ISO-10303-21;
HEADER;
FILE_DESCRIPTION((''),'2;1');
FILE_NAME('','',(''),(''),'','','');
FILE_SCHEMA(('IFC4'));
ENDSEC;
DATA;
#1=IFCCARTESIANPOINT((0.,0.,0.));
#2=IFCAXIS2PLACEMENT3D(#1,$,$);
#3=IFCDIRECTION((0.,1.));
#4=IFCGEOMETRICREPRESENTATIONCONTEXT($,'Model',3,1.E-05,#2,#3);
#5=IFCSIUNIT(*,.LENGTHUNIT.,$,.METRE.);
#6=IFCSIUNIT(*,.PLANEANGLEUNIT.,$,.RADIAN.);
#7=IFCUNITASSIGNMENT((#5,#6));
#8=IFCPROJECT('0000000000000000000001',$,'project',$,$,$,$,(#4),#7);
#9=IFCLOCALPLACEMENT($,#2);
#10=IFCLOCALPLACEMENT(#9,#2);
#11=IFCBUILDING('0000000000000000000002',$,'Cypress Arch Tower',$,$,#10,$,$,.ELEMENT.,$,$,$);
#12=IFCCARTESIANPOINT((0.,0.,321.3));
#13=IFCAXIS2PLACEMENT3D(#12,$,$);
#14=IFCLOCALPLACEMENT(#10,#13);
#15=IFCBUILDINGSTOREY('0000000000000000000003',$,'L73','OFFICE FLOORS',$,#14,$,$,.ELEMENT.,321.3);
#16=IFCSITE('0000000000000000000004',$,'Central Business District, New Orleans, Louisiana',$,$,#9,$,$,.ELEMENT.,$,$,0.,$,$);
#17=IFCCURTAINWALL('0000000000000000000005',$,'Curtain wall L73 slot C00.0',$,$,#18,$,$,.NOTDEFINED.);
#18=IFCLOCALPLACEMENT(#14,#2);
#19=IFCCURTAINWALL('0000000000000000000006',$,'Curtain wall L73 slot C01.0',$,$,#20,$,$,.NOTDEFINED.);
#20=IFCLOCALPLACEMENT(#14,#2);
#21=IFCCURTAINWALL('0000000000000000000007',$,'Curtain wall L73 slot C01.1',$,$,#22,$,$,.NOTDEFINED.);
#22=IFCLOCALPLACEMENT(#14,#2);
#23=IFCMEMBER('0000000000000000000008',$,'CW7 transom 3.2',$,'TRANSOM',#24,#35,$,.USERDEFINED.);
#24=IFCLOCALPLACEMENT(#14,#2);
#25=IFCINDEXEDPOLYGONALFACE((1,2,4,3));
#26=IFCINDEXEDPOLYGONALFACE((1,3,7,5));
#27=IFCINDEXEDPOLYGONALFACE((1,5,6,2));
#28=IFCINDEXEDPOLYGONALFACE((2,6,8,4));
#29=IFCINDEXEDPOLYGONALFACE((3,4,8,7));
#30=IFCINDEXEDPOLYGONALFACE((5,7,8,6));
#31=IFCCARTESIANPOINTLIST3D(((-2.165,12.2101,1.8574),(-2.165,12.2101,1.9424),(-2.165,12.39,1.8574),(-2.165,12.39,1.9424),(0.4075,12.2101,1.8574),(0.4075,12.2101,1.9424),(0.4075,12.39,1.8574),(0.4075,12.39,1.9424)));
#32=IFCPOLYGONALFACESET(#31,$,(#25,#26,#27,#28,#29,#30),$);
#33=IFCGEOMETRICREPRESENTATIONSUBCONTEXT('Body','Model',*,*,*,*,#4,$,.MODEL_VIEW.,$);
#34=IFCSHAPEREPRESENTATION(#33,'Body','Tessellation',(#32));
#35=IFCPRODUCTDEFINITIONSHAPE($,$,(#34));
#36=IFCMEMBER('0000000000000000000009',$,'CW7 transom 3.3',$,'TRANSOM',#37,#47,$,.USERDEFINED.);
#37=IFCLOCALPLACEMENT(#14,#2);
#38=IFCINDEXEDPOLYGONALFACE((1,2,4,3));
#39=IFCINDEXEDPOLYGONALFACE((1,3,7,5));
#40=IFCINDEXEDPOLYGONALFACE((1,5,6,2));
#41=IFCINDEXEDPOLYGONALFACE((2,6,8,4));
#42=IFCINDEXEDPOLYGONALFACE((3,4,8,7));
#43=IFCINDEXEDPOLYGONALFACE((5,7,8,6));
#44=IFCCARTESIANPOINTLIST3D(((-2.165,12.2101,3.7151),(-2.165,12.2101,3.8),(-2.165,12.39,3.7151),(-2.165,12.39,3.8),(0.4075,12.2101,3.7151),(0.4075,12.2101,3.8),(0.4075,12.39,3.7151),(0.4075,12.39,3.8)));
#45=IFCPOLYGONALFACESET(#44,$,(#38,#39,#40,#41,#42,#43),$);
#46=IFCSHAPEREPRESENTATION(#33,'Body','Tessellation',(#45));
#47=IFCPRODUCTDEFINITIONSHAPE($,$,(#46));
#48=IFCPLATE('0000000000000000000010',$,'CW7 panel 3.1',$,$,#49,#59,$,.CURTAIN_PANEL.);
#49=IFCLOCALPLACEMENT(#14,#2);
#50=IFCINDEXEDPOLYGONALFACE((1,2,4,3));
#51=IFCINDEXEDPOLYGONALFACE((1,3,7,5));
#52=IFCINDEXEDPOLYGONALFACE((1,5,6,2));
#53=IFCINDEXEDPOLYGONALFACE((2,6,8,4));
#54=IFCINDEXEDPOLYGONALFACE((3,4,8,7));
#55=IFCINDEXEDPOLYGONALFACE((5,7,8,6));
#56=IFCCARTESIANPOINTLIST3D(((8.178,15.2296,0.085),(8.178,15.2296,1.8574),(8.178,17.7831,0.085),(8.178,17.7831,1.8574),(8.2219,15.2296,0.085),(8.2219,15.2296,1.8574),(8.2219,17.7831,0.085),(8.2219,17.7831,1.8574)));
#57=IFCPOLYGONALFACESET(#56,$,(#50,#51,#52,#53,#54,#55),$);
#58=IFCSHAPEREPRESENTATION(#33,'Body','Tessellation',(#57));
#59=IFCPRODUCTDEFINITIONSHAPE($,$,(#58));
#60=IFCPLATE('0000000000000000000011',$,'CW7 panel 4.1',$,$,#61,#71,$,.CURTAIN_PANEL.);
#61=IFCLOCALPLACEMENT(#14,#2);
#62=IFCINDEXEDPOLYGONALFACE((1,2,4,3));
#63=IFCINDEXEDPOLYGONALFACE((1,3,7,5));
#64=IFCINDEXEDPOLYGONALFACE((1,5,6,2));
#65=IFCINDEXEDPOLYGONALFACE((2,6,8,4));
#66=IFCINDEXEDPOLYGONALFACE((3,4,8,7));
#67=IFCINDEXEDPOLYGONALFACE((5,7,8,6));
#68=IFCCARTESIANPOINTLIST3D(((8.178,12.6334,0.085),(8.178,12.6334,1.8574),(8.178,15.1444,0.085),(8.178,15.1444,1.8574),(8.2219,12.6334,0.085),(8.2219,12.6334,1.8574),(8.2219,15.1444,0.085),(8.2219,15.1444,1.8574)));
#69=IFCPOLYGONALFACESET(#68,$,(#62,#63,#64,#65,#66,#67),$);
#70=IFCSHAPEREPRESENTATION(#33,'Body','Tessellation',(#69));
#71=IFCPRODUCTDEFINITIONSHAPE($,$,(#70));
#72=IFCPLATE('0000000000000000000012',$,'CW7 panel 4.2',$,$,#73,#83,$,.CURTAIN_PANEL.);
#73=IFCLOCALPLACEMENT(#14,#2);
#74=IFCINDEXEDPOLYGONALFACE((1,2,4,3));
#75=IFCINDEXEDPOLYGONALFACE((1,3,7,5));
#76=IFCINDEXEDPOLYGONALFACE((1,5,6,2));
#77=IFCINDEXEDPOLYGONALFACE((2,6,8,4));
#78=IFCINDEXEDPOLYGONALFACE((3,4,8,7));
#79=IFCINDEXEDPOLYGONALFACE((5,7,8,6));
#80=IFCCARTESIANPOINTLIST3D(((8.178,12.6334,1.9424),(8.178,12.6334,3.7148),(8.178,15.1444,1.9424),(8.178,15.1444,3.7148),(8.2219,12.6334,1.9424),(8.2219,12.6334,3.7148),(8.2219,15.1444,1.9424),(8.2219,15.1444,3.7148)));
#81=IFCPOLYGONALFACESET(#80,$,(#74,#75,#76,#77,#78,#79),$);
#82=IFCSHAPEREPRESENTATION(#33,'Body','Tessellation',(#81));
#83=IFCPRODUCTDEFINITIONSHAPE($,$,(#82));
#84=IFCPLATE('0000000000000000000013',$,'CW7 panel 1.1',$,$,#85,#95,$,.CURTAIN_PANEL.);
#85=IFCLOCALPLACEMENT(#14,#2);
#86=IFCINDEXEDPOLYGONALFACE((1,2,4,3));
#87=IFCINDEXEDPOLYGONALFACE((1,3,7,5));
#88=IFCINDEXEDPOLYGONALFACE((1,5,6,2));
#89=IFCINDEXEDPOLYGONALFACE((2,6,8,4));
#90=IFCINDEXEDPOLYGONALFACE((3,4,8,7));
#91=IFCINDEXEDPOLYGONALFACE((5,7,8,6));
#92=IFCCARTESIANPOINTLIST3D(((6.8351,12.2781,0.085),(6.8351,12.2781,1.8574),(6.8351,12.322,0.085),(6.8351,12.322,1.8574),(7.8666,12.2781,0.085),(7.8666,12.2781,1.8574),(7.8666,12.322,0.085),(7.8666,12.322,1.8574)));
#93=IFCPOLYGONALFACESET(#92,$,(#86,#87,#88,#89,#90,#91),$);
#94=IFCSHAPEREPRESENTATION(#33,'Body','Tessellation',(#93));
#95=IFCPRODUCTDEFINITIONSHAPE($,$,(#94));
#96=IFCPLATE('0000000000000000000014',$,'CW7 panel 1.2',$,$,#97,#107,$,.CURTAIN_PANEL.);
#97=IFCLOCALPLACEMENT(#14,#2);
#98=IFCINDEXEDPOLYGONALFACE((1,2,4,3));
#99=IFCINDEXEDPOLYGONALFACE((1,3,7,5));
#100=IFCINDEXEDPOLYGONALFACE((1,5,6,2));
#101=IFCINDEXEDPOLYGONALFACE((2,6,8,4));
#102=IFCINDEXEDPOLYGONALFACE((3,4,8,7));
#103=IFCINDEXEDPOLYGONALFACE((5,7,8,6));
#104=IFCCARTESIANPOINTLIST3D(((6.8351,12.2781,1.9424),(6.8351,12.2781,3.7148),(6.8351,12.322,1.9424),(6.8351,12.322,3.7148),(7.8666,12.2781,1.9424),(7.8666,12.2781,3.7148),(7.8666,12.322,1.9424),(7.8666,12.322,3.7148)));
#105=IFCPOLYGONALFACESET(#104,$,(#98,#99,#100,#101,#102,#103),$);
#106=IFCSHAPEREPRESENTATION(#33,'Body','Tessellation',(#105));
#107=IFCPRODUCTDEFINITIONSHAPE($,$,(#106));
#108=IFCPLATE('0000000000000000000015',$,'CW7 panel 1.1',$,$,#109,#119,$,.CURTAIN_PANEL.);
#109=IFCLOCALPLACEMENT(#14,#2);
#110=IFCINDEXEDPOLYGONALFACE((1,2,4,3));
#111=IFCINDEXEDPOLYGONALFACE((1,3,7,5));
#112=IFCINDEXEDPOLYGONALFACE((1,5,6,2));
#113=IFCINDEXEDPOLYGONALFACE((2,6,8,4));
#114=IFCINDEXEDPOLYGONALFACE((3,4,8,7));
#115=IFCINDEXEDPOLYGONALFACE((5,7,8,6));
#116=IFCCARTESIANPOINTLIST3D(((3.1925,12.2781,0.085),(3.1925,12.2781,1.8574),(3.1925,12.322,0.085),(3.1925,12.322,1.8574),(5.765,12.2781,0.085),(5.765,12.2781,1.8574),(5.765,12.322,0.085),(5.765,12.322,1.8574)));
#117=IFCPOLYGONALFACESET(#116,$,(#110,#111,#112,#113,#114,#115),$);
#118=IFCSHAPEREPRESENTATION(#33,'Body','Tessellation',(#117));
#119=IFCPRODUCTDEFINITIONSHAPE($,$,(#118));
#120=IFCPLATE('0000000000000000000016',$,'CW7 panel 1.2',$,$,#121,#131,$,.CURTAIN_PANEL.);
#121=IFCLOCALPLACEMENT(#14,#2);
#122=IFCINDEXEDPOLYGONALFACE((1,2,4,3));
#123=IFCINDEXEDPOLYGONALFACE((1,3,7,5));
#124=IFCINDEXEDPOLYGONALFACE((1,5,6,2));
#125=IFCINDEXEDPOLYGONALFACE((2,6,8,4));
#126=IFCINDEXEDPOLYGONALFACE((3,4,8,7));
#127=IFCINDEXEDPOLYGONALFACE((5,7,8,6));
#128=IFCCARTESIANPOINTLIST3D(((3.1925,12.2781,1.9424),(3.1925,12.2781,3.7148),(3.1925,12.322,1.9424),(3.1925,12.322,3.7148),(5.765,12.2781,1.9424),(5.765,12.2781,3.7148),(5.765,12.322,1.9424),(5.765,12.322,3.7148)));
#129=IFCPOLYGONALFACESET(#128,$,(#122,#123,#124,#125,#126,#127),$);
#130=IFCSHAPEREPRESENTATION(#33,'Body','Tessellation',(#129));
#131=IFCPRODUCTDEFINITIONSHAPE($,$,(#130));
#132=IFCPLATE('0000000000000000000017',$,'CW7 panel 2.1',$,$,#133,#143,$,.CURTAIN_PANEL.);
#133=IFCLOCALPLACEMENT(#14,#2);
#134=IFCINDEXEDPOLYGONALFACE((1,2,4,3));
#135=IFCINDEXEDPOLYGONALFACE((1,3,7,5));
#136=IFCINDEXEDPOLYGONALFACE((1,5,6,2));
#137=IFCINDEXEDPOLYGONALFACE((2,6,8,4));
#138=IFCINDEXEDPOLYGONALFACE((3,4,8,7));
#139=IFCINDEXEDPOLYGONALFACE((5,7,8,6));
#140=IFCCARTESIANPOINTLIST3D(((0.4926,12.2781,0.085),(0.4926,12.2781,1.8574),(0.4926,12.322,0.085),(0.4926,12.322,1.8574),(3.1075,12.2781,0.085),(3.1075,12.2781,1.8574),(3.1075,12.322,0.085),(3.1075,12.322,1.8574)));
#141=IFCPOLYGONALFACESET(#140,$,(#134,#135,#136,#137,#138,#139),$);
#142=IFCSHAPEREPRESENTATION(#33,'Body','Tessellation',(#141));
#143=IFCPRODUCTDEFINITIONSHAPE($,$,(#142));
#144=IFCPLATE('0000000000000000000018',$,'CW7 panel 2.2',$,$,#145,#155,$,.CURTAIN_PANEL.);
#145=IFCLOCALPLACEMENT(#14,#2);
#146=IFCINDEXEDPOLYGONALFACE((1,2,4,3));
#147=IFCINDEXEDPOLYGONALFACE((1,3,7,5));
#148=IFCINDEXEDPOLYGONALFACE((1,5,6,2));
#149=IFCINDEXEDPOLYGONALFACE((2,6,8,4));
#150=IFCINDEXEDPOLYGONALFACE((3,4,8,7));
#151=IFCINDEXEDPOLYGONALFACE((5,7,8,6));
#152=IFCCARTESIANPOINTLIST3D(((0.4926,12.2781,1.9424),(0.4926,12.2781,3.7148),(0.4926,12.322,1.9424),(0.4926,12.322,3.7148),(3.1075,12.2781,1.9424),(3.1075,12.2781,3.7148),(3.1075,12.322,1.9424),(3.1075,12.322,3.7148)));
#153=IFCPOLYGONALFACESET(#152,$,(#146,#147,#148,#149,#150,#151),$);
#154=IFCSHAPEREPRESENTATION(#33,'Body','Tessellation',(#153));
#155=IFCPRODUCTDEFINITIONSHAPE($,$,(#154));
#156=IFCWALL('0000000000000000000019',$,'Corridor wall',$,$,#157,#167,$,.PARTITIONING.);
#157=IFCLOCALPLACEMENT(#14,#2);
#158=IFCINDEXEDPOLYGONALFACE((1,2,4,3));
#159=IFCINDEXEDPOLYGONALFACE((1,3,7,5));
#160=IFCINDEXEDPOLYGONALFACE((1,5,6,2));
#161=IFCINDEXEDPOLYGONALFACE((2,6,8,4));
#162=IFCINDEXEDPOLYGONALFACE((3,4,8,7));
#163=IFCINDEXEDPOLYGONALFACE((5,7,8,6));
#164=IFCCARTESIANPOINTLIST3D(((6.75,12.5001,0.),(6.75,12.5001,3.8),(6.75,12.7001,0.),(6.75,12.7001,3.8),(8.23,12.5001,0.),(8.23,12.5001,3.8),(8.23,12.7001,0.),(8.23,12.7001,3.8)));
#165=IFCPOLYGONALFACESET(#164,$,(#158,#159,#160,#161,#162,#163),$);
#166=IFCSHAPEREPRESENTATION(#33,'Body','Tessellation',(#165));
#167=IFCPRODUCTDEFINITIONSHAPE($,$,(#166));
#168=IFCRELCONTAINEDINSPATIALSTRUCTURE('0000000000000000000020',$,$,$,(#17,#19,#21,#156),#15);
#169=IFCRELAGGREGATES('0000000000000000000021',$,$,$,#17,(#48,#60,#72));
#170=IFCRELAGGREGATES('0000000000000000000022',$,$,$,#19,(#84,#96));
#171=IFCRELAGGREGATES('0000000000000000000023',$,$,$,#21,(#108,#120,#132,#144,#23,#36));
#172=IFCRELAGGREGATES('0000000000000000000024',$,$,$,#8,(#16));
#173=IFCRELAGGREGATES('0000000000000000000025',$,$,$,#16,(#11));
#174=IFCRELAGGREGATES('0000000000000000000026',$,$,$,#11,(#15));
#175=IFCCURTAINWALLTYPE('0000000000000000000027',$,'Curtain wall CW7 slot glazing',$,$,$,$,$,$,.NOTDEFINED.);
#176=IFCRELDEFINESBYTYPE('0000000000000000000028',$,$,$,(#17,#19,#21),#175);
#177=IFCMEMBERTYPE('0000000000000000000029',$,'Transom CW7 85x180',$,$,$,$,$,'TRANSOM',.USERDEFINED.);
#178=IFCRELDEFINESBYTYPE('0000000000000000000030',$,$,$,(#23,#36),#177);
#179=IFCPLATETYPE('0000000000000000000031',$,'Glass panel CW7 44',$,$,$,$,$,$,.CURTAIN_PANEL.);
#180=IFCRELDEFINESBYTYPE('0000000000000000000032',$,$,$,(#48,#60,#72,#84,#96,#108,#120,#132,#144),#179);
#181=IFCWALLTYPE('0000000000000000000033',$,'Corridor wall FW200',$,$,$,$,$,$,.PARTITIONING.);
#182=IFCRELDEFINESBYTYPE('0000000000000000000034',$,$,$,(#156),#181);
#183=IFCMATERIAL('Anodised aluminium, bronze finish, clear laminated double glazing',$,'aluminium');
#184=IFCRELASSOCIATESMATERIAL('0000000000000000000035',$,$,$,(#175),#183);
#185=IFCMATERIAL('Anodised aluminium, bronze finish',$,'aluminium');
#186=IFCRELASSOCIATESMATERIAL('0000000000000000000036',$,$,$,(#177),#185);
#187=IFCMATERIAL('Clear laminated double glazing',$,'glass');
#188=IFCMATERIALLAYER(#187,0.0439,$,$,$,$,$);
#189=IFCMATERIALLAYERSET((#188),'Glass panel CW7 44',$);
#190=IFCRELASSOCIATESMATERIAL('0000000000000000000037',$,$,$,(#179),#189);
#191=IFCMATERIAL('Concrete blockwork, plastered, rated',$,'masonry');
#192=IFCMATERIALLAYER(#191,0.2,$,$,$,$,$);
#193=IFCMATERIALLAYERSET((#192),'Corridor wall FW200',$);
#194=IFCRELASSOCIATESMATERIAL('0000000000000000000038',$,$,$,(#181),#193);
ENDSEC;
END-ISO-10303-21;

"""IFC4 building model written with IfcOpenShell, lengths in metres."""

from ifc_helpers import new_model, si_unit, direction, frame, frame_2d, origin, origin_2d, place, context, subcontext, project, spatial, rectangle, extrude, material, layer, layer_set, material_profile, profile_set, type_object, element, aggregate, save


model = new_model("IFC4")

# Units and contexts
model_context = context("Model", 3, precision=1e-05, world=origin(), true_north=direction((0.0, 1.0)))
body_context = subcontext(model_context, "Body", "Model", "MODEL_VIEW")
ifc_project = project(units=[si_unit("LENGTHUNIT", "METRE"), si_unit("PLANEANGLEUNIT", "RADIAN")], contexts=[model_context])

# Site, building, storey
site_placement = place(None, origin())
site = spatial("IfcSite", under=ifc_project, at=site_placement, Name="Central Business District, New Orleans, Louisiana", CompositionType="ELEMENT", RefElevation=0.0)
building_placement = place(site_placement, origin())
building = spatial("IfcBuilding", under=site, at=building_placement, Name="Cypress Arch Tower", CompositionType="ELEMENT")
storey_placement = place(building_placement, frame((0.0, 0.0, 321.3)))
storey = spatial("IfcBuildingStorey", under=building, at=storey_placement, Name="L73", Description="OFFICE FLOORS", CompositionType="ELEMENT", Elevation=321.3)

# Curtain walls
ifc_material_1 = material(Name="Anodised aluminium, bronze finish, clear laminated double glazing", Category="aluminium")
curtain_wall_type = type_object("IfcCurtainWallType", Name="Curtain wall CW7 slot glazing", PredefinedType="NOTDEFINED", material=ifc_material_1)
curtain_wall_1_placement = place(storey_placement, origin())
curtain_wall_1 = element("IfcCurtainWall", 1, at=curtain_wall_1_placement, inside=storey, type_object=curtain_wall_type, Name="Curtain wall L73 slot C00.0", PredefinedType="NOTDEFINED")
curtain_wall_2_placement = place(storey_placement, origin())
curtain_wall_2 = element("IfcCurtainWall", 2, at=curtain_wall_2_placement, inside=storey, type_object=curtain_wall_type, Name="Curtain wall L73 slot C01.0", PredefinedType="NOTDEFINED")
curtain_wall_3_placement = place(storey_placement, origin())
curtain_wall_3 = element("IfcCurtainWall", 3, at=curtain_wall_3_placement, inside=storey, type_object=curtain_wall_type, Name="Curtain wall L73 slot C01.1", PredefinedType="NOTDEFINED")

# Members
ifc_material_2 = material(Name="Anodised aluminium, bronze finish", Category="aluminium")
ifc_material_profile_1 = material_profile(ifc_material_2, rectangle(XDim=0.1799, YDim=0.085, at=origin_2d()), Name="Transom 85x180")
ifc_profile_set_1 = profile_set([ifc_material_profile_1], Name="Anodised aluminium, bronze finish")
member_type_1 = type_object("IfcMemberType", Name="Transom CW7 85x180", ElementType="TRANSOM", PredefinedType="USERDEFINED", material=ifc_profile_set_1)
member_1_placement = place(storey_placement, frame((0.4075, 12.3, 1.8999), z_axis=(-1.0, 0.0, 0.0), x_axis=(0.0, -1.0, 0.0)))
member_1 = element("IfcMember", 4, at=member_1_placement, type_object=member_type_1, Name="CW7 transom 3.2", ObjectType="TRANSOM", PredefinedType="USERDEFINED", context=body_context, shape_type="SweptSolid", body=[
    extrude(rectangle(XDim=0.1799, YDim=0.085, at=origin_2d()), origin(), (0.0, 0.0, 1.0), 2.5725),
])
member_2_placement = place(storey_placement, frame((0.4075, 12.3, 3.7576), z_axis=(-1.0, 0.0, 0.0), x_axis=(0.0, -1.0, 0.0)))
member_2 = element("IfcMember", 5, at=member_2_placement, type_object=member_type_1, Name="CW7 transom 3.3", ObjectType="TRANSOM", PredefinedType="USERDEFINED", context=body_context, shape_type="SweptSolid", body=[
    extrude(rectangle(XDim=0.1799, YDim=0.085, at=origin_2d()), origin(), (0.0, 0.0, 1.0), 2.5725),
])

# Plates
ifc_material_3 = material(Name="Clear laminated double glazing", Category="glass")
ifc_layer_1 = layer(ifc_material_3, 0.0439)
ifc_layer_set_1 = layer_set([ifc_layer_1], Name="Glass panel CW7 44")
plate_type = type_object("IfcPlateType", Name="Glass panel CW7 44", PredefinedType="CURTAIN_PANEL", material=ifc_layer_set_1)
plate_1_placement = place(storey_placement, frame((8.2, 16.5063, 0.085), z_axis=(0.0, 0.0, 1.0), x_axis=(0.0, -1.0, 0.0)))
plate_1 = element("IfcPlate", 6, at=plate_1_placement, type_object=plate_type, Name="CW7 panel 3.1", PredefinedType="CURTAIN_PANEL", context=body_context, shape_type="SweptSolid", body=[
    extrude(rectangle(XDim=2.5535, YDim=0.0439, at=origin_2d()), origin(), (0.0, 0.0, 1.0), 1.7725),
])
plate_2_placement = place(storey_placement, frame((8.2, 13.8889, 0.085), z_axis=(0.0, 0.0, 1.0), x_axis=(0.0, -1.0, 0.0)))
plate_2 = element("IfcPlate", 7, at=plate_2_placement, type_object=plate_type, Name="CW7 panel 4.1", PredefinedType="CURTAIN_PANEL", context=body_context, shape_type="SweptSolid", body=[
    extrude(rectangle(XDim=2.511, YDim=0.0439, at=origin_2d()), origin(), (0.0, 0.0, 1.0), 1.7725),
])
plate_3_placement = place(storey_placement, frame((8.2, 13.8889, 1.9424), z_axis=(0.0, 0.0, 1.0), x_axis=(0.0, -1.0, 0.0)))
plate_3 = element("IfcPlate", 8, at=plate_3_placement, type_object=plate_type, Name="CW7 panel 4.2", PredefinedType="CURTAIN_PANEL", context=body_context, shape_type="SweptSolid", body=[
    extrude(rectangle(XDim=2.511, YDim=0.0439, at=origin_2d()), origin(), (0.0, 0.0, 1.0), 1.7725),
])
aggregate(curtain_wall_1, [plate_1, plate_2, plate_3])
plate_4_placement = place(storey_placement, frame((7.3508, 12.3, 0.085), z_axis=(0.0, 0.0, 1.0), x_axis=(-1.0, 0.0, 0.0)))
plate_4 = element("IfcPlate", 9, at=plate_4_placement, type_object=plate_type, Name="CW7 panel 1.1", PredefinedType="CURTAIN_PANEL", context=body_context, shape_type="SweptSolid", body=[
    extrude(rectangle(XDim=1.0315, YDim=0.0439, at=origin_2d()), origin(), (0.0, 0.0, 1.0), 1.7725),
])
plate_5_placement = place(storey_placement, frame((7.3508, 12.3, 1.9424), z_axis=(0.0, 0.0, 1.0), x_axis=(-1.0, 0.0, 0.0)))
plate_5 = element("IfcPlate", 10, at=plate_5_placement, type_object=plate_type, Name="CW7 panel 1.2", PredefinedType="CURTAIN_PANEL", context=body_context, shape_type="SweptSolid", body=[
    extrude(rectangle(XDim=1.0315, YDim=0.0439, at=origin_2d()), origin(), (0.0, 0.0, 1.0), 1.7725),
])
aggregate(curtain_wall_2, [plate_4, plate_5])
plate_6_placement = place(storey_placement, frame((4.4788, 12.3, 0.085), z_axis=(0.0, 0.0, 1.0), x_axis=(-1.0, 0.0, 0.0)))
plate_6 = element("IfcPlate", 11, at=plate_6_placement, type_object=plate_type, Name="CW7 panel 1.1", PredefinedType="CURTAIN_PANEL", context=body_context, shape_type="SweptSolid", body=[
    extrude(rectangle(XDim=2.5725, YDim=0.0439, at=origin_2d()), origin(), (0.0, 0.0, 1.0), 1.7725),
])
plate_7_placement = place(storey_placement, frame((4.4788, 12.3, 1.9424), z_axis=(0.0, 0.0, 1.0), x_axis=(-1.0, 0.0, 0.0)))
plate_7 = element("IfcPlate", 12, at=plate_7_placement, type_object=plate_type, Name="CW7 panel 1.2", PredefinedType="CURTAIN_PANEL", context=body_context, shape_type="SweptSolid", body=[
    extrude(rectangle(XDim=2.5725, YDim=0.0439, at=origin_2d()), origin(), (0.0, 0.0, 1.0), 1.7725),
])
plate_8_placement = place(storey_placement, frame((1.8, 12.3, 0.085), z_axis=(0.0, 0.0, 1.0), x_axis=(-1.0, 0.0, 0.0)))
plate_8 = element("IfcPlate", 13, at=plate_8_placement, type_object=plate_type, Name="CW7 panel 2.1", PredefinedType="CURTAIN_PANEL", context=body_context, shape_type="SweptSolid", body=[
    extrude(rectangle(XDim=2.615, YDim=0.0439, at=origin_2d()), origin(), (0.0, 0.0, 1.0), 1.7725),
])
plate_9_placement = place(storey_placement, frame((1.8, 12.3, 1.9424), z_axis=(0.0, 0.0, 1.0), x_axis=(-1.0, 0.0, 0.0)))
plate_9 = element("IfcPlate", 14, at=plate_9_placement, type_object=plate_type, Name="CW7 panel 2.2", PredefinedType="CURTAIN_PANEL", context=body_context, shape_type="SweptSolid", body=[
    extrude(rectangle(XDim=2.615, YDim=0.0439, at=origin_2d()), origin(), (0.0, 0.0, 1.0), 1.7725),
])
aggregate(curtain_wall_3, [plate_6, plate_7, plate_8, plate_9, member_1, member_2])

# Wall
ifc_material_4 = material(Name="Concrete blockwork, plastered, rated", Category="masonry")
ifc_layer_2 = layer(ifc_material_4, 0.2)
ifc_layer_set_2 = layer_set([ifc_layer_2], Name="Corridor wall FW200")
wall_type = type_object("IfcWallType", Name="Corridor wall FW200", PredefinedType="PARTITIONING", material=ifc_layer_set_2)
wall_placement = place(storey_placement, frame((6.75, 12.6001, 0.0), z_axis=(0.0, 0.0, 1.0), x_axis=(1.0, 0.0, 0.0)))
element("IfcWall", 15, at=wall_placement, inside=storey, type_object=wall_type, Name="Corridor wall", PredefinedType="PARTITIONING", context=body_context, shape_type="SweptSolid", body=[
    extrude(rectangle(XDim=1.48, YDim=0.2, at=frame_2d((0.74, 0.0))), origin(), (0.0, 0.0, 1.0), 3.8),
])

save(model, "model.ifc")
